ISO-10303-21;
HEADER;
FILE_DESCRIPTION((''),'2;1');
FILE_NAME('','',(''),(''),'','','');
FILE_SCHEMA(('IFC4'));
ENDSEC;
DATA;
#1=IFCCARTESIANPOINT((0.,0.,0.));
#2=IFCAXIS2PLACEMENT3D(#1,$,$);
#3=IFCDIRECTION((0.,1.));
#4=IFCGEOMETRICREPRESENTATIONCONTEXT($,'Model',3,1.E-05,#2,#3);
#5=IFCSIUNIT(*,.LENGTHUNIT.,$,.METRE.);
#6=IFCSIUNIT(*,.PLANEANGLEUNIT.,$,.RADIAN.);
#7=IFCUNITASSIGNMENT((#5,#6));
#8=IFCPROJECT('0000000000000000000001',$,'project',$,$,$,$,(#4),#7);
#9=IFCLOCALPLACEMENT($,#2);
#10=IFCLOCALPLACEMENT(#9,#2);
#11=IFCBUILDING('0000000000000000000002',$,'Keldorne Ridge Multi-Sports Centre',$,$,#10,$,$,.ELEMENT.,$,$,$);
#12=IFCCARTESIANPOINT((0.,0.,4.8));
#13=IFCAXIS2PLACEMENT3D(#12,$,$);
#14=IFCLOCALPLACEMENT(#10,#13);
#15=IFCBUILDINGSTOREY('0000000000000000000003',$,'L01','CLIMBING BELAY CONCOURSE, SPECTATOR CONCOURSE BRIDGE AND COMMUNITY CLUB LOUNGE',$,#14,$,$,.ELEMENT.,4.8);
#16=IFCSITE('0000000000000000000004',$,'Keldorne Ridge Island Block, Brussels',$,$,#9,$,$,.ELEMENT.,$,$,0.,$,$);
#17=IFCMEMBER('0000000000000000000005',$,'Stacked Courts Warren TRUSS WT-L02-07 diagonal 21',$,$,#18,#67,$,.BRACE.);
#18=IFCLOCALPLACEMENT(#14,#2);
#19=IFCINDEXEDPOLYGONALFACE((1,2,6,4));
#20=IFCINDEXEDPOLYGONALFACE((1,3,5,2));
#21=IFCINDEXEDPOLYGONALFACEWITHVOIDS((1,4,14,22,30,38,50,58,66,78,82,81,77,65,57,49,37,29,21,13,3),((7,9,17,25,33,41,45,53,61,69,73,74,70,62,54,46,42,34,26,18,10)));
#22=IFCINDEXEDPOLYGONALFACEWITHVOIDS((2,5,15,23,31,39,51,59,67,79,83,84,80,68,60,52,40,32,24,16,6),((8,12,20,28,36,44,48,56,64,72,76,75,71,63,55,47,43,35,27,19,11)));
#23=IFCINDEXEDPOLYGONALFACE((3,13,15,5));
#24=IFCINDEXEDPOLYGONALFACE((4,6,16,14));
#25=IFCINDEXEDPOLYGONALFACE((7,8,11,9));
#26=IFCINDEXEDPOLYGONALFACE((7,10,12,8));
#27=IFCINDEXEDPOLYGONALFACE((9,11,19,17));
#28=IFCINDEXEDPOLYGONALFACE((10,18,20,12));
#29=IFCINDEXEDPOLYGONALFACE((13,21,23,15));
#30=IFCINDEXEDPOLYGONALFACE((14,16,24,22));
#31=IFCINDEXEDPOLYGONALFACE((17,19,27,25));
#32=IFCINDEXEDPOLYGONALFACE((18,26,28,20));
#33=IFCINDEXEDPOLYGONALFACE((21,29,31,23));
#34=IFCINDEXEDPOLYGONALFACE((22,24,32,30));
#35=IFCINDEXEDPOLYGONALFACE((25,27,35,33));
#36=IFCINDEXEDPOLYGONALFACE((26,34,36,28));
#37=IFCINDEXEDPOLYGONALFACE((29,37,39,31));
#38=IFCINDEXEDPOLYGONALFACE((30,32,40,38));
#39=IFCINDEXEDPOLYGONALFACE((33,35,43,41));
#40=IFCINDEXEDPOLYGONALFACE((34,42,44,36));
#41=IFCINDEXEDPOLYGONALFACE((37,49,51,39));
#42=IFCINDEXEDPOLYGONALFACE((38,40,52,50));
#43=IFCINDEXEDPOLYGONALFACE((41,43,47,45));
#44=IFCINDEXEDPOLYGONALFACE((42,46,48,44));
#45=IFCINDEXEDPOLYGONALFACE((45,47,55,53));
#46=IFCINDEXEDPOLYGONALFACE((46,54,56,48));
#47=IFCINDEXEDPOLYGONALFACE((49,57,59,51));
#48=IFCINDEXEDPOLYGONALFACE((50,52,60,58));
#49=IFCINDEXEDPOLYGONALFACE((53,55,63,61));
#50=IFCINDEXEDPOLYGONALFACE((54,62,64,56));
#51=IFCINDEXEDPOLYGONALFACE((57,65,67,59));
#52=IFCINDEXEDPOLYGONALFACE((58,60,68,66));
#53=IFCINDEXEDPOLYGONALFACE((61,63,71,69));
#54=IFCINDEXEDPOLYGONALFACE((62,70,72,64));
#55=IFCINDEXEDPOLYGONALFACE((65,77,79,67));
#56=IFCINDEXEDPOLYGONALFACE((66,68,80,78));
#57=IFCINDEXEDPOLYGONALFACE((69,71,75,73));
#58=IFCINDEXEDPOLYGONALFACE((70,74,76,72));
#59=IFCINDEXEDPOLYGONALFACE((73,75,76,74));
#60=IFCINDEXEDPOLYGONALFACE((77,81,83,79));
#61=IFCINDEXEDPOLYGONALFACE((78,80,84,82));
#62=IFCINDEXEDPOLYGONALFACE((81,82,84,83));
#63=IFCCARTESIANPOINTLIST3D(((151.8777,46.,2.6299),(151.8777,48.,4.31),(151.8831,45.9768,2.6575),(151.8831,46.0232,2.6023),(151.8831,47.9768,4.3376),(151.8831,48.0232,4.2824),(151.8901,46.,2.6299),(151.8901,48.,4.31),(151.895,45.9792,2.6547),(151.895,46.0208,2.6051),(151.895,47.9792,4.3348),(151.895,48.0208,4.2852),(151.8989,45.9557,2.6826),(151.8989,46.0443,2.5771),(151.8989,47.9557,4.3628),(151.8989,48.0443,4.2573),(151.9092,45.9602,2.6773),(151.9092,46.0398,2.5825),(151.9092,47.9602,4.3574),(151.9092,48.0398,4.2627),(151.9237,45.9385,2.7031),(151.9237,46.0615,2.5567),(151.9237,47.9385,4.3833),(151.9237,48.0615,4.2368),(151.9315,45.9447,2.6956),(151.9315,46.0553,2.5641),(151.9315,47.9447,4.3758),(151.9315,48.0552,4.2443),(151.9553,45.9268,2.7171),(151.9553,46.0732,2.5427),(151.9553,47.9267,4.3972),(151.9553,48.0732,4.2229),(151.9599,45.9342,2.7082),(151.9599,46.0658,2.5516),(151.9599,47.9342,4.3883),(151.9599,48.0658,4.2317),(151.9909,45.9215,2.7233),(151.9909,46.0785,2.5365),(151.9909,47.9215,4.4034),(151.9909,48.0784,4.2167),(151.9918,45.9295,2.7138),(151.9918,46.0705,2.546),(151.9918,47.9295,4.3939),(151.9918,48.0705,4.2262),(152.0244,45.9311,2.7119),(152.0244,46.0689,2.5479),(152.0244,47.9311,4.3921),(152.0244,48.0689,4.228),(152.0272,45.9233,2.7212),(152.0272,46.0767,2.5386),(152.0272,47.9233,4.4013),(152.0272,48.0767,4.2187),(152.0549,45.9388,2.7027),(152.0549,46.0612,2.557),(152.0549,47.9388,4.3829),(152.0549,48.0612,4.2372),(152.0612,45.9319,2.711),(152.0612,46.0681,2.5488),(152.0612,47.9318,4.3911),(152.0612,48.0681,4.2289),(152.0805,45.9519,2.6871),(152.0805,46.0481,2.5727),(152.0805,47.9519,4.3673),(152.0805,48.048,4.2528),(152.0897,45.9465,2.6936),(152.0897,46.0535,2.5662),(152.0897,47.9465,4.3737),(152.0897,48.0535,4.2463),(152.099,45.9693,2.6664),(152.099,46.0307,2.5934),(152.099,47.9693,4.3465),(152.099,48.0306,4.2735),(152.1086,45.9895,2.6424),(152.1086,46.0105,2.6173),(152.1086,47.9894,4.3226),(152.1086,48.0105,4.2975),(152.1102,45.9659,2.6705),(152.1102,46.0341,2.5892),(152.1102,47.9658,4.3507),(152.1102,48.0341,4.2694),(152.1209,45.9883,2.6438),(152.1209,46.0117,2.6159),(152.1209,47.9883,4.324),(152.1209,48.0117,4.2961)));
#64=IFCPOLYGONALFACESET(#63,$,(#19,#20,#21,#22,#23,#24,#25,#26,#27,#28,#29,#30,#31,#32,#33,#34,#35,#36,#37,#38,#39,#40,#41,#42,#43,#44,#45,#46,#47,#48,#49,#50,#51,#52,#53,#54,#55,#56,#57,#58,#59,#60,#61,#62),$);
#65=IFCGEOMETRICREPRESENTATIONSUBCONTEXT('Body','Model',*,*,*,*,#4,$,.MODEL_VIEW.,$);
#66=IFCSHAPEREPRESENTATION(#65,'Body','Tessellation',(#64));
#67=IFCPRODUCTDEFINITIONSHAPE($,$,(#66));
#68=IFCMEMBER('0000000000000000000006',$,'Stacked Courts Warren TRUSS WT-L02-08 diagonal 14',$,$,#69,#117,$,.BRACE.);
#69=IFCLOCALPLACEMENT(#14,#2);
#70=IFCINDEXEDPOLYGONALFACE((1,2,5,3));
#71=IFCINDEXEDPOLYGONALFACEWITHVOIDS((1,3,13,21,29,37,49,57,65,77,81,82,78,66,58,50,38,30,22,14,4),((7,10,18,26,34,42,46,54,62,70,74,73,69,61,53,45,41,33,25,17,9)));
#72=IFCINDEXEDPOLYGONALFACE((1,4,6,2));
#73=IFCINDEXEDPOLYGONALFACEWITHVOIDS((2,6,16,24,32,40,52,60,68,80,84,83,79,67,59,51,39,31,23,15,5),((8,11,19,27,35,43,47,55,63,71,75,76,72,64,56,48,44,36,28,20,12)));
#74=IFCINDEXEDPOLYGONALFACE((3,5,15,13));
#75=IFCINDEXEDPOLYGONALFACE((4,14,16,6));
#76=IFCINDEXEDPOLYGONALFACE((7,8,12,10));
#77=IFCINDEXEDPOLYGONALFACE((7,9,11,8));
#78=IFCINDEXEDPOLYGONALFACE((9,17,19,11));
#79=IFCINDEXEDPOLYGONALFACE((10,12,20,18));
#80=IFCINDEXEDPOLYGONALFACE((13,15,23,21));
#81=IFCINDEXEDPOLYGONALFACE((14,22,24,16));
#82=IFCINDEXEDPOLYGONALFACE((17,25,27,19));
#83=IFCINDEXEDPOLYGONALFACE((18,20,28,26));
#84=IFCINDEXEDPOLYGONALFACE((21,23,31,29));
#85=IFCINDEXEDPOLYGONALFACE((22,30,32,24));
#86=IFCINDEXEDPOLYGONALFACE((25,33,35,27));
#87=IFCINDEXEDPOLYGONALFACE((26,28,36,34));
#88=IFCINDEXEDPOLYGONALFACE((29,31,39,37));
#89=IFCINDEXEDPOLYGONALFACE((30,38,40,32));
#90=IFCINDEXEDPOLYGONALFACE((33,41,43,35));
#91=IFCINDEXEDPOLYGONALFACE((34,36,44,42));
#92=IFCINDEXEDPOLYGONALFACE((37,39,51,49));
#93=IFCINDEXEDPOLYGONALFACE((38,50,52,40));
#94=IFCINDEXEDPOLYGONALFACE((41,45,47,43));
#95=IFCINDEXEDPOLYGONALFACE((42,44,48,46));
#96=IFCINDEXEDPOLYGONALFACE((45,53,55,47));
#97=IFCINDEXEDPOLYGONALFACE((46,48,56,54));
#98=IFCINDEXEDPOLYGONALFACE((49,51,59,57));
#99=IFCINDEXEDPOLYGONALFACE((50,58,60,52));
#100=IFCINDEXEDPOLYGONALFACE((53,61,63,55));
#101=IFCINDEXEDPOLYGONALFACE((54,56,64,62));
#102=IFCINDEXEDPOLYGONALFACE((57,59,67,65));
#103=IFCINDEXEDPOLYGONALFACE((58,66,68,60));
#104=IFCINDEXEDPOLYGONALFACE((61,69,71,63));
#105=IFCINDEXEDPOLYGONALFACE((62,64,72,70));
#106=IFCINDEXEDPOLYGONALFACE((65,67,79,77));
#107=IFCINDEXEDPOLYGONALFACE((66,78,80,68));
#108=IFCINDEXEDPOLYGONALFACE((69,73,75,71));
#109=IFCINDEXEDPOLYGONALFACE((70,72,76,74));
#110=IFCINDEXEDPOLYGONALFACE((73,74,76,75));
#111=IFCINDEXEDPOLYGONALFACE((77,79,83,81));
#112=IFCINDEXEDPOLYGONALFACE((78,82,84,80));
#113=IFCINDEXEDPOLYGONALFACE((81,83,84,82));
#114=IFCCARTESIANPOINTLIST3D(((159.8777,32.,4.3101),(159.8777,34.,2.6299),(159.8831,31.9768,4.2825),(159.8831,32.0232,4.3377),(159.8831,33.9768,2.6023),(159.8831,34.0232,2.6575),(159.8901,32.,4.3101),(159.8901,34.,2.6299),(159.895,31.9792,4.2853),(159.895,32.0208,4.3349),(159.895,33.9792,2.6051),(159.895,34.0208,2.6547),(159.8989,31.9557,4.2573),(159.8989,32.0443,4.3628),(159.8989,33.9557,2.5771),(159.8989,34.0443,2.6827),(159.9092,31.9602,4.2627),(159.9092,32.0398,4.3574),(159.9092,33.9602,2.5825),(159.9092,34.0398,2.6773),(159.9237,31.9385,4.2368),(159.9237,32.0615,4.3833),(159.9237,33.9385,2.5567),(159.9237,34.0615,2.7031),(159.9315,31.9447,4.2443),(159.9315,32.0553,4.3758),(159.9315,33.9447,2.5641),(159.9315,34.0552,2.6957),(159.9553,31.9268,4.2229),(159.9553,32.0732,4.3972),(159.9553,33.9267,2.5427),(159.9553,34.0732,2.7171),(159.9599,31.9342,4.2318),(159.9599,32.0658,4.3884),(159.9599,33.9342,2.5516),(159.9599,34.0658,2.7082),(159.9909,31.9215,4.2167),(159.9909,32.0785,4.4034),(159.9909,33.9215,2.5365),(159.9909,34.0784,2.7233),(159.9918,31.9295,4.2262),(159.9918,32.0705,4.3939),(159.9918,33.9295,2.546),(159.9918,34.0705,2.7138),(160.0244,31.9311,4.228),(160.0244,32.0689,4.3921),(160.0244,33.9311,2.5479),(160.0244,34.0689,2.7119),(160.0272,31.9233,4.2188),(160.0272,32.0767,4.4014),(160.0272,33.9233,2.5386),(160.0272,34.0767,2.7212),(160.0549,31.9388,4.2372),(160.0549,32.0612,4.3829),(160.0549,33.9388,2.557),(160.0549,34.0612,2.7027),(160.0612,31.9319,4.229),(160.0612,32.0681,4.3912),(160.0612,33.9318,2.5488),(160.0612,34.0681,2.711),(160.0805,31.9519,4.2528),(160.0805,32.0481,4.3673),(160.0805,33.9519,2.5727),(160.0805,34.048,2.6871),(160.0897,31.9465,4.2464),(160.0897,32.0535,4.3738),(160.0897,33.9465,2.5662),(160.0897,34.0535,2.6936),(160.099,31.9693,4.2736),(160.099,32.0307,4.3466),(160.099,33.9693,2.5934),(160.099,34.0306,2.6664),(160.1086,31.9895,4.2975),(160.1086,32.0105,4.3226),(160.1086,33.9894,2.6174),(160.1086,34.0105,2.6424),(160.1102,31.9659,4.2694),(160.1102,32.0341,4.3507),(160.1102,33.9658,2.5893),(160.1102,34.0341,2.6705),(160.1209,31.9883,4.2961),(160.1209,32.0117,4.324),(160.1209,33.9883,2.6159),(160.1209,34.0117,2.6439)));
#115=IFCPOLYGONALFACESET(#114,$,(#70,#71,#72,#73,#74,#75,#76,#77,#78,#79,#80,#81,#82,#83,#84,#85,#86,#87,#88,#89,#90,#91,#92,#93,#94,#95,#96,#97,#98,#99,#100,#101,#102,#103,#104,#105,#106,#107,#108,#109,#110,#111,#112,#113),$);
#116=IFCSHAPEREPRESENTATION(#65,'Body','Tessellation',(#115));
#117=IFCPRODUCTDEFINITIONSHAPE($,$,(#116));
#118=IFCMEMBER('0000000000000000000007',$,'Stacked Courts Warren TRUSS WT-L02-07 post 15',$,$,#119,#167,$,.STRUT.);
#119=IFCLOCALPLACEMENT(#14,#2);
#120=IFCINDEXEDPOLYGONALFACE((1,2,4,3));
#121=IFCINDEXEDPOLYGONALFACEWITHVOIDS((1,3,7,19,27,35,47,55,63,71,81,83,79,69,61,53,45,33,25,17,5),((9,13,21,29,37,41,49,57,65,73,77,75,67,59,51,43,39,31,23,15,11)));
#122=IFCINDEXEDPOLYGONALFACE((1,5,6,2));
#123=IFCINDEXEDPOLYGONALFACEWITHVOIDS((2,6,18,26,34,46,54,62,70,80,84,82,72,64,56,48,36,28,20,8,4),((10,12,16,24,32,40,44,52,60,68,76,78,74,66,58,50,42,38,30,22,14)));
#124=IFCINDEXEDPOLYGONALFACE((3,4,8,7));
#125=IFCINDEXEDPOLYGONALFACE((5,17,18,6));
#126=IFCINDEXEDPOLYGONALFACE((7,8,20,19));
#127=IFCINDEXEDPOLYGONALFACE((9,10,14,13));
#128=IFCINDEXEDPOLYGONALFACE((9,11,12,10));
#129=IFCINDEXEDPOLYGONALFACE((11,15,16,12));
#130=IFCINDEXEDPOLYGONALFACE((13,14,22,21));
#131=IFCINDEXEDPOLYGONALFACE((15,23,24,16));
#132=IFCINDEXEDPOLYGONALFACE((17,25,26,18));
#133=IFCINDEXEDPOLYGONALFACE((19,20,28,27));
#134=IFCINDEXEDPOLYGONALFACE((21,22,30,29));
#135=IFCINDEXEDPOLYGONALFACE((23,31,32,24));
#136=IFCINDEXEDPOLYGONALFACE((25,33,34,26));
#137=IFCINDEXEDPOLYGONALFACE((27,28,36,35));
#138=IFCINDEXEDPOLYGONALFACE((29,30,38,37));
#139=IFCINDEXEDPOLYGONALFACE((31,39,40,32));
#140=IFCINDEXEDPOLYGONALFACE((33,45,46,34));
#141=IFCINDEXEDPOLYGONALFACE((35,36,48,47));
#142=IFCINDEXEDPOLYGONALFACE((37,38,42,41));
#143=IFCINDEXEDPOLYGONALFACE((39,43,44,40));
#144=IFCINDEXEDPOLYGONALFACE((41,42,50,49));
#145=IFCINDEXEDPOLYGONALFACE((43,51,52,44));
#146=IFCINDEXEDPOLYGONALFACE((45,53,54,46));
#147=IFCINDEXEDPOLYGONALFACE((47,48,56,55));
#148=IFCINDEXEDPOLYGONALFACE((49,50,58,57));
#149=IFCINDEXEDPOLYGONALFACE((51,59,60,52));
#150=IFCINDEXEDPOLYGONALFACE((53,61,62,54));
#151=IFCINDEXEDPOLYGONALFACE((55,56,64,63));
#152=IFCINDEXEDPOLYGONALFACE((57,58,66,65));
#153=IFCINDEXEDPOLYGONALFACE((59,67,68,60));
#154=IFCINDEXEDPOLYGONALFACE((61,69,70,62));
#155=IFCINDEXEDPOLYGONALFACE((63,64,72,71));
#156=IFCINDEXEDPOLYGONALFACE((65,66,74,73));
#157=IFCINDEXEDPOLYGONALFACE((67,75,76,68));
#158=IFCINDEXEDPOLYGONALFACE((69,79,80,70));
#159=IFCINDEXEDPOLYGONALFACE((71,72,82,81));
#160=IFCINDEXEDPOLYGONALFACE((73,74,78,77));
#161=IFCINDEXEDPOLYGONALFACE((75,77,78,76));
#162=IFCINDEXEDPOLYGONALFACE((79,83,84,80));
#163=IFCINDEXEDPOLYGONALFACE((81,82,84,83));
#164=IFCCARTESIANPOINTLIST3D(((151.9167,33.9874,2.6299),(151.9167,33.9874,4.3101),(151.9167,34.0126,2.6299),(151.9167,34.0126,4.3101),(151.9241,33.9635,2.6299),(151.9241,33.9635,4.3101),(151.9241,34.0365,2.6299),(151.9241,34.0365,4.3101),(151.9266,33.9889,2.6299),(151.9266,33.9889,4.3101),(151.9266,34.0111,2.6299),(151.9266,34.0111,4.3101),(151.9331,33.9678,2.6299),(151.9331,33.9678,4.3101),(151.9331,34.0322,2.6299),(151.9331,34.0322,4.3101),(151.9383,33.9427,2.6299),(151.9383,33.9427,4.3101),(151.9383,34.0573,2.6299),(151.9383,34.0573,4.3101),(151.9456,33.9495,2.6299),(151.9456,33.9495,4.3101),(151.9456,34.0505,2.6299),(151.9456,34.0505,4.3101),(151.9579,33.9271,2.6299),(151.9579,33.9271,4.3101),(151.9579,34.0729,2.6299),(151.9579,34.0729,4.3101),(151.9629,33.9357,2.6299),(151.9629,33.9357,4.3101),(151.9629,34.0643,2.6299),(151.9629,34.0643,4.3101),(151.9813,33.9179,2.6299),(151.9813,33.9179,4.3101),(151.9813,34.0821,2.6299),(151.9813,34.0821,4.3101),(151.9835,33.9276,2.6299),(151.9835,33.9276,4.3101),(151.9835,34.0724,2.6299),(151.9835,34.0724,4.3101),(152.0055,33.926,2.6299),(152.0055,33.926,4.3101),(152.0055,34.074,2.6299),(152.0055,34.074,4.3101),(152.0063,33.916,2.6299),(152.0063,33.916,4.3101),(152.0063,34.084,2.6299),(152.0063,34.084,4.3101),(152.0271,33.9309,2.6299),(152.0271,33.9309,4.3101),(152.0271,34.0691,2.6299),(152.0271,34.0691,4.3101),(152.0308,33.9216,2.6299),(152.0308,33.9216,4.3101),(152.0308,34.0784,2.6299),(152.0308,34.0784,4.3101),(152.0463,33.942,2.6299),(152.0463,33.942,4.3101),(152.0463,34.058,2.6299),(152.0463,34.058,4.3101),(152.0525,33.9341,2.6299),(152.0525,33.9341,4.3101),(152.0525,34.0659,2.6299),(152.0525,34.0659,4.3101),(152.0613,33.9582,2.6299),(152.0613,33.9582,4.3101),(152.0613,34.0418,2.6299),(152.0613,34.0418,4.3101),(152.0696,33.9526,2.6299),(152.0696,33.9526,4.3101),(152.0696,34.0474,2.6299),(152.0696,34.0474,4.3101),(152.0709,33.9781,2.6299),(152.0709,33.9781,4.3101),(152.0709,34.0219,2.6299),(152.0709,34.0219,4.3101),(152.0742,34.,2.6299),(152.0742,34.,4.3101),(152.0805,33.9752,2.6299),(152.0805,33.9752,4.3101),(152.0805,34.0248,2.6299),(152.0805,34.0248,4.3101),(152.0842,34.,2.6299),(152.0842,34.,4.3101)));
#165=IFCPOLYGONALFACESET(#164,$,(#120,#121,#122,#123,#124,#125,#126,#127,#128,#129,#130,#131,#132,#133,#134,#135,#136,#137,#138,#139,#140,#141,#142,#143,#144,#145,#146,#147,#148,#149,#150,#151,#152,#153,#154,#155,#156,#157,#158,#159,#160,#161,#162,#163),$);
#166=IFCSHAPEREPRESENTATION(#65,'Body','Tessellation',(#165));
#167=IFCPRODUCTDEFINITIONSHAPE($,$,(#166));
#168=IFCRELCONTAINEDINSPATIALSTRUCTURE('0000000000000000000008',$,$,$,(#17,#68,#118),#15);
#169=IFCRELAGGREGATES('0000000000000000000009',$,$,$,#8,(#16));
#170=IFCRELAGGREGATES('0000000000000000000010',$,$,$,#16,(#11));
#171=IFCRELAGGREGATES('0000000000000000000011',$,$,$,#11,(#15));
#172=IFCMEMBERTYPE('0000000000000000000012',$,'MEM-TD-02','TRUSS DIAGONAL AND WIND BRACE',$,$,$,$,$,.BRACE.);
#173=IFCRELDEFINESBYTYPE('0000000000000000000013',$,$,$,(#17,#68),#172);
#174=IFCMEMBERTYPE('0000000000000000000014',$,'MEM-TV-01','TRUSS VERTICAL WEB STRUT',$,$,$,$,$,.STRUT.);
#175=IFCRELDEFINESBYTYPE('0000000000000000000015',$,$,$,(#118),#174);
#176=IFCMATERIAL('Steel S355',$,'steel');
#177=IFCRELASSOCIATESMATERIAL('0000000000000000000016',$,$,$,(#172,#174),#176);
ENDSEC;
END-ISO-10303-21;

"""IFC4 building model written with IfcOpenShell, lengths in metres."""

from ifc_helpers import new_model, si_unit, direction, frame, origin, origin_2d, place, context, subcontext, project, spatial, hollow_circle, extrude, material, material_profile, profile_set, type_object, element, save


model = new_model("IFC4")

# Units and contexts
model_context = context("Model", 3, precision=1e-05, world=origin(), true_north=direction((0.0, 1.0)))
body_context = subcontext(model_context, "Body", "Model", "MODEL_VIEW")
ifc_project = project(units=[si_unit("LENGTHUNIT", "METRE"), si_unit("PLANEANGLEUNIT", "RADIAN")], contexts=[model_context])

# Site, building, storey
site_placement = place(None, origin())
site = spatial("IfcSite", under=ifc_project, at=site_placement, Name="Keldorne Ridge Island Block, Brussels", CompositionType="ELEMENT", RefElevation=0.0)
building_placement = place(site_placement, origin())
building = spatial("IfcBuilding", under=site, at=building_placement, Name="Keldorne Ridge Multi-Sports Centre", CompositionType="ELEMENT")
storey_placement = place(building_placement, frame((0.0, 0.0, 4.8)))
storey = spatial("IfcBuildingStorey", under=building, at=storey_placement, Name="L01", Description="CLIMBING BELAY CONCOURSE, SPECTATOR CONCOURSE BRIDGE AND COMMUNITY CLUB LOUNGE", CompositionType="ELEMENT", Elevation=4.8)

# Members
ifc_material = material(Name="Steel S355", Category="steel")
ifc_material_profile_1 = material_profile(ifc_material, hollow_circle(Radius=0.1223, WallThickness=0.0125, at=origin_2d()), Name="CHS 244.5x12.5")
ifc_profile_set_1 = profile_set([ifc_material_profile_1], Name="Steel S355")
member_type_1 = type_object("IfcMemberType", Name="MEM-TD-02", Description="TRUSS DIAGONAL AND WIND BRACE", PredefinedType="BRACE", material=ifc_profile_set_1)
for number, where, z_axis, x_axis, name in (
    (1, (152.0, 46.0, 2.6299), (0.0, 0.765672, 0.643232), (-1.0, 0.0, 0.0), "Stacked Courts Warren TRUSS WT-L02-07 diagonal 21"),
    (2, (160.0, 32.0, 4.3101), (0.0, 0.765672, -0.643232), (-1.0, 0.0, 0.0), "Stacked Courts Warren TRUSS WT-L02-08 diagonal 14"),
):
    element("IfcMember", number, at=place(storey_placement, frame(where, z_axis=z_axis, x_axis=x_axis)), inside=storey, type_object=member_type_1, Name=name, PredefinedType="BRACE", context=body_context, shape_type="SweptSolid", body=[
        extrude(hollow_circle(Radius=0.1223, WallThickness=0.0125, at=origin_2d()), origin(), (0.0, 0.0, 1.0), 2.6121),
    ])
ifc_material_profile_2 = material_profile(ifc_material, hollow_circle(Radius=0.0842, WallThickness=0.01, at=origin_2d()), Name="CHS 168.3x10")
ifc_profile_set_2 = profile_set([ifc_material_profile_2], Name="Steel S355")
member_type_2 = type_object("IfcMemberType", Name="MEM-TV-01", Description="TRUSS VERTICAL WEB STRUT", PredefinedType="STRUT", material=ifc_profile_set_2)
for number, where, z_axis, x_axis, name in (
    (3, (152.0, 34.0, 2.6299), (0.0, 0.0, 1.0), (1.0, 0.0, 0.0), "Stacked Courts Warren TRUSS WT-L02-07 post 15"),
):
    element("IfcMember", number, at=place(storey_placement, frame(where, z_axis=z_axis, x_axis=x_axis)), inside=storey, type_object=member_type_2, Name=name, PredefinedType="STRUT", context=body_context, shape_type="SweptSolid", body=[
        extrude(hollow_circle(Radius=0.0842, WallThickness=0.01, at=origin_2d()), origin(), (0.0, 0.0, 1.0), 1.6802),
    ])

save(model, "model.ifc")
